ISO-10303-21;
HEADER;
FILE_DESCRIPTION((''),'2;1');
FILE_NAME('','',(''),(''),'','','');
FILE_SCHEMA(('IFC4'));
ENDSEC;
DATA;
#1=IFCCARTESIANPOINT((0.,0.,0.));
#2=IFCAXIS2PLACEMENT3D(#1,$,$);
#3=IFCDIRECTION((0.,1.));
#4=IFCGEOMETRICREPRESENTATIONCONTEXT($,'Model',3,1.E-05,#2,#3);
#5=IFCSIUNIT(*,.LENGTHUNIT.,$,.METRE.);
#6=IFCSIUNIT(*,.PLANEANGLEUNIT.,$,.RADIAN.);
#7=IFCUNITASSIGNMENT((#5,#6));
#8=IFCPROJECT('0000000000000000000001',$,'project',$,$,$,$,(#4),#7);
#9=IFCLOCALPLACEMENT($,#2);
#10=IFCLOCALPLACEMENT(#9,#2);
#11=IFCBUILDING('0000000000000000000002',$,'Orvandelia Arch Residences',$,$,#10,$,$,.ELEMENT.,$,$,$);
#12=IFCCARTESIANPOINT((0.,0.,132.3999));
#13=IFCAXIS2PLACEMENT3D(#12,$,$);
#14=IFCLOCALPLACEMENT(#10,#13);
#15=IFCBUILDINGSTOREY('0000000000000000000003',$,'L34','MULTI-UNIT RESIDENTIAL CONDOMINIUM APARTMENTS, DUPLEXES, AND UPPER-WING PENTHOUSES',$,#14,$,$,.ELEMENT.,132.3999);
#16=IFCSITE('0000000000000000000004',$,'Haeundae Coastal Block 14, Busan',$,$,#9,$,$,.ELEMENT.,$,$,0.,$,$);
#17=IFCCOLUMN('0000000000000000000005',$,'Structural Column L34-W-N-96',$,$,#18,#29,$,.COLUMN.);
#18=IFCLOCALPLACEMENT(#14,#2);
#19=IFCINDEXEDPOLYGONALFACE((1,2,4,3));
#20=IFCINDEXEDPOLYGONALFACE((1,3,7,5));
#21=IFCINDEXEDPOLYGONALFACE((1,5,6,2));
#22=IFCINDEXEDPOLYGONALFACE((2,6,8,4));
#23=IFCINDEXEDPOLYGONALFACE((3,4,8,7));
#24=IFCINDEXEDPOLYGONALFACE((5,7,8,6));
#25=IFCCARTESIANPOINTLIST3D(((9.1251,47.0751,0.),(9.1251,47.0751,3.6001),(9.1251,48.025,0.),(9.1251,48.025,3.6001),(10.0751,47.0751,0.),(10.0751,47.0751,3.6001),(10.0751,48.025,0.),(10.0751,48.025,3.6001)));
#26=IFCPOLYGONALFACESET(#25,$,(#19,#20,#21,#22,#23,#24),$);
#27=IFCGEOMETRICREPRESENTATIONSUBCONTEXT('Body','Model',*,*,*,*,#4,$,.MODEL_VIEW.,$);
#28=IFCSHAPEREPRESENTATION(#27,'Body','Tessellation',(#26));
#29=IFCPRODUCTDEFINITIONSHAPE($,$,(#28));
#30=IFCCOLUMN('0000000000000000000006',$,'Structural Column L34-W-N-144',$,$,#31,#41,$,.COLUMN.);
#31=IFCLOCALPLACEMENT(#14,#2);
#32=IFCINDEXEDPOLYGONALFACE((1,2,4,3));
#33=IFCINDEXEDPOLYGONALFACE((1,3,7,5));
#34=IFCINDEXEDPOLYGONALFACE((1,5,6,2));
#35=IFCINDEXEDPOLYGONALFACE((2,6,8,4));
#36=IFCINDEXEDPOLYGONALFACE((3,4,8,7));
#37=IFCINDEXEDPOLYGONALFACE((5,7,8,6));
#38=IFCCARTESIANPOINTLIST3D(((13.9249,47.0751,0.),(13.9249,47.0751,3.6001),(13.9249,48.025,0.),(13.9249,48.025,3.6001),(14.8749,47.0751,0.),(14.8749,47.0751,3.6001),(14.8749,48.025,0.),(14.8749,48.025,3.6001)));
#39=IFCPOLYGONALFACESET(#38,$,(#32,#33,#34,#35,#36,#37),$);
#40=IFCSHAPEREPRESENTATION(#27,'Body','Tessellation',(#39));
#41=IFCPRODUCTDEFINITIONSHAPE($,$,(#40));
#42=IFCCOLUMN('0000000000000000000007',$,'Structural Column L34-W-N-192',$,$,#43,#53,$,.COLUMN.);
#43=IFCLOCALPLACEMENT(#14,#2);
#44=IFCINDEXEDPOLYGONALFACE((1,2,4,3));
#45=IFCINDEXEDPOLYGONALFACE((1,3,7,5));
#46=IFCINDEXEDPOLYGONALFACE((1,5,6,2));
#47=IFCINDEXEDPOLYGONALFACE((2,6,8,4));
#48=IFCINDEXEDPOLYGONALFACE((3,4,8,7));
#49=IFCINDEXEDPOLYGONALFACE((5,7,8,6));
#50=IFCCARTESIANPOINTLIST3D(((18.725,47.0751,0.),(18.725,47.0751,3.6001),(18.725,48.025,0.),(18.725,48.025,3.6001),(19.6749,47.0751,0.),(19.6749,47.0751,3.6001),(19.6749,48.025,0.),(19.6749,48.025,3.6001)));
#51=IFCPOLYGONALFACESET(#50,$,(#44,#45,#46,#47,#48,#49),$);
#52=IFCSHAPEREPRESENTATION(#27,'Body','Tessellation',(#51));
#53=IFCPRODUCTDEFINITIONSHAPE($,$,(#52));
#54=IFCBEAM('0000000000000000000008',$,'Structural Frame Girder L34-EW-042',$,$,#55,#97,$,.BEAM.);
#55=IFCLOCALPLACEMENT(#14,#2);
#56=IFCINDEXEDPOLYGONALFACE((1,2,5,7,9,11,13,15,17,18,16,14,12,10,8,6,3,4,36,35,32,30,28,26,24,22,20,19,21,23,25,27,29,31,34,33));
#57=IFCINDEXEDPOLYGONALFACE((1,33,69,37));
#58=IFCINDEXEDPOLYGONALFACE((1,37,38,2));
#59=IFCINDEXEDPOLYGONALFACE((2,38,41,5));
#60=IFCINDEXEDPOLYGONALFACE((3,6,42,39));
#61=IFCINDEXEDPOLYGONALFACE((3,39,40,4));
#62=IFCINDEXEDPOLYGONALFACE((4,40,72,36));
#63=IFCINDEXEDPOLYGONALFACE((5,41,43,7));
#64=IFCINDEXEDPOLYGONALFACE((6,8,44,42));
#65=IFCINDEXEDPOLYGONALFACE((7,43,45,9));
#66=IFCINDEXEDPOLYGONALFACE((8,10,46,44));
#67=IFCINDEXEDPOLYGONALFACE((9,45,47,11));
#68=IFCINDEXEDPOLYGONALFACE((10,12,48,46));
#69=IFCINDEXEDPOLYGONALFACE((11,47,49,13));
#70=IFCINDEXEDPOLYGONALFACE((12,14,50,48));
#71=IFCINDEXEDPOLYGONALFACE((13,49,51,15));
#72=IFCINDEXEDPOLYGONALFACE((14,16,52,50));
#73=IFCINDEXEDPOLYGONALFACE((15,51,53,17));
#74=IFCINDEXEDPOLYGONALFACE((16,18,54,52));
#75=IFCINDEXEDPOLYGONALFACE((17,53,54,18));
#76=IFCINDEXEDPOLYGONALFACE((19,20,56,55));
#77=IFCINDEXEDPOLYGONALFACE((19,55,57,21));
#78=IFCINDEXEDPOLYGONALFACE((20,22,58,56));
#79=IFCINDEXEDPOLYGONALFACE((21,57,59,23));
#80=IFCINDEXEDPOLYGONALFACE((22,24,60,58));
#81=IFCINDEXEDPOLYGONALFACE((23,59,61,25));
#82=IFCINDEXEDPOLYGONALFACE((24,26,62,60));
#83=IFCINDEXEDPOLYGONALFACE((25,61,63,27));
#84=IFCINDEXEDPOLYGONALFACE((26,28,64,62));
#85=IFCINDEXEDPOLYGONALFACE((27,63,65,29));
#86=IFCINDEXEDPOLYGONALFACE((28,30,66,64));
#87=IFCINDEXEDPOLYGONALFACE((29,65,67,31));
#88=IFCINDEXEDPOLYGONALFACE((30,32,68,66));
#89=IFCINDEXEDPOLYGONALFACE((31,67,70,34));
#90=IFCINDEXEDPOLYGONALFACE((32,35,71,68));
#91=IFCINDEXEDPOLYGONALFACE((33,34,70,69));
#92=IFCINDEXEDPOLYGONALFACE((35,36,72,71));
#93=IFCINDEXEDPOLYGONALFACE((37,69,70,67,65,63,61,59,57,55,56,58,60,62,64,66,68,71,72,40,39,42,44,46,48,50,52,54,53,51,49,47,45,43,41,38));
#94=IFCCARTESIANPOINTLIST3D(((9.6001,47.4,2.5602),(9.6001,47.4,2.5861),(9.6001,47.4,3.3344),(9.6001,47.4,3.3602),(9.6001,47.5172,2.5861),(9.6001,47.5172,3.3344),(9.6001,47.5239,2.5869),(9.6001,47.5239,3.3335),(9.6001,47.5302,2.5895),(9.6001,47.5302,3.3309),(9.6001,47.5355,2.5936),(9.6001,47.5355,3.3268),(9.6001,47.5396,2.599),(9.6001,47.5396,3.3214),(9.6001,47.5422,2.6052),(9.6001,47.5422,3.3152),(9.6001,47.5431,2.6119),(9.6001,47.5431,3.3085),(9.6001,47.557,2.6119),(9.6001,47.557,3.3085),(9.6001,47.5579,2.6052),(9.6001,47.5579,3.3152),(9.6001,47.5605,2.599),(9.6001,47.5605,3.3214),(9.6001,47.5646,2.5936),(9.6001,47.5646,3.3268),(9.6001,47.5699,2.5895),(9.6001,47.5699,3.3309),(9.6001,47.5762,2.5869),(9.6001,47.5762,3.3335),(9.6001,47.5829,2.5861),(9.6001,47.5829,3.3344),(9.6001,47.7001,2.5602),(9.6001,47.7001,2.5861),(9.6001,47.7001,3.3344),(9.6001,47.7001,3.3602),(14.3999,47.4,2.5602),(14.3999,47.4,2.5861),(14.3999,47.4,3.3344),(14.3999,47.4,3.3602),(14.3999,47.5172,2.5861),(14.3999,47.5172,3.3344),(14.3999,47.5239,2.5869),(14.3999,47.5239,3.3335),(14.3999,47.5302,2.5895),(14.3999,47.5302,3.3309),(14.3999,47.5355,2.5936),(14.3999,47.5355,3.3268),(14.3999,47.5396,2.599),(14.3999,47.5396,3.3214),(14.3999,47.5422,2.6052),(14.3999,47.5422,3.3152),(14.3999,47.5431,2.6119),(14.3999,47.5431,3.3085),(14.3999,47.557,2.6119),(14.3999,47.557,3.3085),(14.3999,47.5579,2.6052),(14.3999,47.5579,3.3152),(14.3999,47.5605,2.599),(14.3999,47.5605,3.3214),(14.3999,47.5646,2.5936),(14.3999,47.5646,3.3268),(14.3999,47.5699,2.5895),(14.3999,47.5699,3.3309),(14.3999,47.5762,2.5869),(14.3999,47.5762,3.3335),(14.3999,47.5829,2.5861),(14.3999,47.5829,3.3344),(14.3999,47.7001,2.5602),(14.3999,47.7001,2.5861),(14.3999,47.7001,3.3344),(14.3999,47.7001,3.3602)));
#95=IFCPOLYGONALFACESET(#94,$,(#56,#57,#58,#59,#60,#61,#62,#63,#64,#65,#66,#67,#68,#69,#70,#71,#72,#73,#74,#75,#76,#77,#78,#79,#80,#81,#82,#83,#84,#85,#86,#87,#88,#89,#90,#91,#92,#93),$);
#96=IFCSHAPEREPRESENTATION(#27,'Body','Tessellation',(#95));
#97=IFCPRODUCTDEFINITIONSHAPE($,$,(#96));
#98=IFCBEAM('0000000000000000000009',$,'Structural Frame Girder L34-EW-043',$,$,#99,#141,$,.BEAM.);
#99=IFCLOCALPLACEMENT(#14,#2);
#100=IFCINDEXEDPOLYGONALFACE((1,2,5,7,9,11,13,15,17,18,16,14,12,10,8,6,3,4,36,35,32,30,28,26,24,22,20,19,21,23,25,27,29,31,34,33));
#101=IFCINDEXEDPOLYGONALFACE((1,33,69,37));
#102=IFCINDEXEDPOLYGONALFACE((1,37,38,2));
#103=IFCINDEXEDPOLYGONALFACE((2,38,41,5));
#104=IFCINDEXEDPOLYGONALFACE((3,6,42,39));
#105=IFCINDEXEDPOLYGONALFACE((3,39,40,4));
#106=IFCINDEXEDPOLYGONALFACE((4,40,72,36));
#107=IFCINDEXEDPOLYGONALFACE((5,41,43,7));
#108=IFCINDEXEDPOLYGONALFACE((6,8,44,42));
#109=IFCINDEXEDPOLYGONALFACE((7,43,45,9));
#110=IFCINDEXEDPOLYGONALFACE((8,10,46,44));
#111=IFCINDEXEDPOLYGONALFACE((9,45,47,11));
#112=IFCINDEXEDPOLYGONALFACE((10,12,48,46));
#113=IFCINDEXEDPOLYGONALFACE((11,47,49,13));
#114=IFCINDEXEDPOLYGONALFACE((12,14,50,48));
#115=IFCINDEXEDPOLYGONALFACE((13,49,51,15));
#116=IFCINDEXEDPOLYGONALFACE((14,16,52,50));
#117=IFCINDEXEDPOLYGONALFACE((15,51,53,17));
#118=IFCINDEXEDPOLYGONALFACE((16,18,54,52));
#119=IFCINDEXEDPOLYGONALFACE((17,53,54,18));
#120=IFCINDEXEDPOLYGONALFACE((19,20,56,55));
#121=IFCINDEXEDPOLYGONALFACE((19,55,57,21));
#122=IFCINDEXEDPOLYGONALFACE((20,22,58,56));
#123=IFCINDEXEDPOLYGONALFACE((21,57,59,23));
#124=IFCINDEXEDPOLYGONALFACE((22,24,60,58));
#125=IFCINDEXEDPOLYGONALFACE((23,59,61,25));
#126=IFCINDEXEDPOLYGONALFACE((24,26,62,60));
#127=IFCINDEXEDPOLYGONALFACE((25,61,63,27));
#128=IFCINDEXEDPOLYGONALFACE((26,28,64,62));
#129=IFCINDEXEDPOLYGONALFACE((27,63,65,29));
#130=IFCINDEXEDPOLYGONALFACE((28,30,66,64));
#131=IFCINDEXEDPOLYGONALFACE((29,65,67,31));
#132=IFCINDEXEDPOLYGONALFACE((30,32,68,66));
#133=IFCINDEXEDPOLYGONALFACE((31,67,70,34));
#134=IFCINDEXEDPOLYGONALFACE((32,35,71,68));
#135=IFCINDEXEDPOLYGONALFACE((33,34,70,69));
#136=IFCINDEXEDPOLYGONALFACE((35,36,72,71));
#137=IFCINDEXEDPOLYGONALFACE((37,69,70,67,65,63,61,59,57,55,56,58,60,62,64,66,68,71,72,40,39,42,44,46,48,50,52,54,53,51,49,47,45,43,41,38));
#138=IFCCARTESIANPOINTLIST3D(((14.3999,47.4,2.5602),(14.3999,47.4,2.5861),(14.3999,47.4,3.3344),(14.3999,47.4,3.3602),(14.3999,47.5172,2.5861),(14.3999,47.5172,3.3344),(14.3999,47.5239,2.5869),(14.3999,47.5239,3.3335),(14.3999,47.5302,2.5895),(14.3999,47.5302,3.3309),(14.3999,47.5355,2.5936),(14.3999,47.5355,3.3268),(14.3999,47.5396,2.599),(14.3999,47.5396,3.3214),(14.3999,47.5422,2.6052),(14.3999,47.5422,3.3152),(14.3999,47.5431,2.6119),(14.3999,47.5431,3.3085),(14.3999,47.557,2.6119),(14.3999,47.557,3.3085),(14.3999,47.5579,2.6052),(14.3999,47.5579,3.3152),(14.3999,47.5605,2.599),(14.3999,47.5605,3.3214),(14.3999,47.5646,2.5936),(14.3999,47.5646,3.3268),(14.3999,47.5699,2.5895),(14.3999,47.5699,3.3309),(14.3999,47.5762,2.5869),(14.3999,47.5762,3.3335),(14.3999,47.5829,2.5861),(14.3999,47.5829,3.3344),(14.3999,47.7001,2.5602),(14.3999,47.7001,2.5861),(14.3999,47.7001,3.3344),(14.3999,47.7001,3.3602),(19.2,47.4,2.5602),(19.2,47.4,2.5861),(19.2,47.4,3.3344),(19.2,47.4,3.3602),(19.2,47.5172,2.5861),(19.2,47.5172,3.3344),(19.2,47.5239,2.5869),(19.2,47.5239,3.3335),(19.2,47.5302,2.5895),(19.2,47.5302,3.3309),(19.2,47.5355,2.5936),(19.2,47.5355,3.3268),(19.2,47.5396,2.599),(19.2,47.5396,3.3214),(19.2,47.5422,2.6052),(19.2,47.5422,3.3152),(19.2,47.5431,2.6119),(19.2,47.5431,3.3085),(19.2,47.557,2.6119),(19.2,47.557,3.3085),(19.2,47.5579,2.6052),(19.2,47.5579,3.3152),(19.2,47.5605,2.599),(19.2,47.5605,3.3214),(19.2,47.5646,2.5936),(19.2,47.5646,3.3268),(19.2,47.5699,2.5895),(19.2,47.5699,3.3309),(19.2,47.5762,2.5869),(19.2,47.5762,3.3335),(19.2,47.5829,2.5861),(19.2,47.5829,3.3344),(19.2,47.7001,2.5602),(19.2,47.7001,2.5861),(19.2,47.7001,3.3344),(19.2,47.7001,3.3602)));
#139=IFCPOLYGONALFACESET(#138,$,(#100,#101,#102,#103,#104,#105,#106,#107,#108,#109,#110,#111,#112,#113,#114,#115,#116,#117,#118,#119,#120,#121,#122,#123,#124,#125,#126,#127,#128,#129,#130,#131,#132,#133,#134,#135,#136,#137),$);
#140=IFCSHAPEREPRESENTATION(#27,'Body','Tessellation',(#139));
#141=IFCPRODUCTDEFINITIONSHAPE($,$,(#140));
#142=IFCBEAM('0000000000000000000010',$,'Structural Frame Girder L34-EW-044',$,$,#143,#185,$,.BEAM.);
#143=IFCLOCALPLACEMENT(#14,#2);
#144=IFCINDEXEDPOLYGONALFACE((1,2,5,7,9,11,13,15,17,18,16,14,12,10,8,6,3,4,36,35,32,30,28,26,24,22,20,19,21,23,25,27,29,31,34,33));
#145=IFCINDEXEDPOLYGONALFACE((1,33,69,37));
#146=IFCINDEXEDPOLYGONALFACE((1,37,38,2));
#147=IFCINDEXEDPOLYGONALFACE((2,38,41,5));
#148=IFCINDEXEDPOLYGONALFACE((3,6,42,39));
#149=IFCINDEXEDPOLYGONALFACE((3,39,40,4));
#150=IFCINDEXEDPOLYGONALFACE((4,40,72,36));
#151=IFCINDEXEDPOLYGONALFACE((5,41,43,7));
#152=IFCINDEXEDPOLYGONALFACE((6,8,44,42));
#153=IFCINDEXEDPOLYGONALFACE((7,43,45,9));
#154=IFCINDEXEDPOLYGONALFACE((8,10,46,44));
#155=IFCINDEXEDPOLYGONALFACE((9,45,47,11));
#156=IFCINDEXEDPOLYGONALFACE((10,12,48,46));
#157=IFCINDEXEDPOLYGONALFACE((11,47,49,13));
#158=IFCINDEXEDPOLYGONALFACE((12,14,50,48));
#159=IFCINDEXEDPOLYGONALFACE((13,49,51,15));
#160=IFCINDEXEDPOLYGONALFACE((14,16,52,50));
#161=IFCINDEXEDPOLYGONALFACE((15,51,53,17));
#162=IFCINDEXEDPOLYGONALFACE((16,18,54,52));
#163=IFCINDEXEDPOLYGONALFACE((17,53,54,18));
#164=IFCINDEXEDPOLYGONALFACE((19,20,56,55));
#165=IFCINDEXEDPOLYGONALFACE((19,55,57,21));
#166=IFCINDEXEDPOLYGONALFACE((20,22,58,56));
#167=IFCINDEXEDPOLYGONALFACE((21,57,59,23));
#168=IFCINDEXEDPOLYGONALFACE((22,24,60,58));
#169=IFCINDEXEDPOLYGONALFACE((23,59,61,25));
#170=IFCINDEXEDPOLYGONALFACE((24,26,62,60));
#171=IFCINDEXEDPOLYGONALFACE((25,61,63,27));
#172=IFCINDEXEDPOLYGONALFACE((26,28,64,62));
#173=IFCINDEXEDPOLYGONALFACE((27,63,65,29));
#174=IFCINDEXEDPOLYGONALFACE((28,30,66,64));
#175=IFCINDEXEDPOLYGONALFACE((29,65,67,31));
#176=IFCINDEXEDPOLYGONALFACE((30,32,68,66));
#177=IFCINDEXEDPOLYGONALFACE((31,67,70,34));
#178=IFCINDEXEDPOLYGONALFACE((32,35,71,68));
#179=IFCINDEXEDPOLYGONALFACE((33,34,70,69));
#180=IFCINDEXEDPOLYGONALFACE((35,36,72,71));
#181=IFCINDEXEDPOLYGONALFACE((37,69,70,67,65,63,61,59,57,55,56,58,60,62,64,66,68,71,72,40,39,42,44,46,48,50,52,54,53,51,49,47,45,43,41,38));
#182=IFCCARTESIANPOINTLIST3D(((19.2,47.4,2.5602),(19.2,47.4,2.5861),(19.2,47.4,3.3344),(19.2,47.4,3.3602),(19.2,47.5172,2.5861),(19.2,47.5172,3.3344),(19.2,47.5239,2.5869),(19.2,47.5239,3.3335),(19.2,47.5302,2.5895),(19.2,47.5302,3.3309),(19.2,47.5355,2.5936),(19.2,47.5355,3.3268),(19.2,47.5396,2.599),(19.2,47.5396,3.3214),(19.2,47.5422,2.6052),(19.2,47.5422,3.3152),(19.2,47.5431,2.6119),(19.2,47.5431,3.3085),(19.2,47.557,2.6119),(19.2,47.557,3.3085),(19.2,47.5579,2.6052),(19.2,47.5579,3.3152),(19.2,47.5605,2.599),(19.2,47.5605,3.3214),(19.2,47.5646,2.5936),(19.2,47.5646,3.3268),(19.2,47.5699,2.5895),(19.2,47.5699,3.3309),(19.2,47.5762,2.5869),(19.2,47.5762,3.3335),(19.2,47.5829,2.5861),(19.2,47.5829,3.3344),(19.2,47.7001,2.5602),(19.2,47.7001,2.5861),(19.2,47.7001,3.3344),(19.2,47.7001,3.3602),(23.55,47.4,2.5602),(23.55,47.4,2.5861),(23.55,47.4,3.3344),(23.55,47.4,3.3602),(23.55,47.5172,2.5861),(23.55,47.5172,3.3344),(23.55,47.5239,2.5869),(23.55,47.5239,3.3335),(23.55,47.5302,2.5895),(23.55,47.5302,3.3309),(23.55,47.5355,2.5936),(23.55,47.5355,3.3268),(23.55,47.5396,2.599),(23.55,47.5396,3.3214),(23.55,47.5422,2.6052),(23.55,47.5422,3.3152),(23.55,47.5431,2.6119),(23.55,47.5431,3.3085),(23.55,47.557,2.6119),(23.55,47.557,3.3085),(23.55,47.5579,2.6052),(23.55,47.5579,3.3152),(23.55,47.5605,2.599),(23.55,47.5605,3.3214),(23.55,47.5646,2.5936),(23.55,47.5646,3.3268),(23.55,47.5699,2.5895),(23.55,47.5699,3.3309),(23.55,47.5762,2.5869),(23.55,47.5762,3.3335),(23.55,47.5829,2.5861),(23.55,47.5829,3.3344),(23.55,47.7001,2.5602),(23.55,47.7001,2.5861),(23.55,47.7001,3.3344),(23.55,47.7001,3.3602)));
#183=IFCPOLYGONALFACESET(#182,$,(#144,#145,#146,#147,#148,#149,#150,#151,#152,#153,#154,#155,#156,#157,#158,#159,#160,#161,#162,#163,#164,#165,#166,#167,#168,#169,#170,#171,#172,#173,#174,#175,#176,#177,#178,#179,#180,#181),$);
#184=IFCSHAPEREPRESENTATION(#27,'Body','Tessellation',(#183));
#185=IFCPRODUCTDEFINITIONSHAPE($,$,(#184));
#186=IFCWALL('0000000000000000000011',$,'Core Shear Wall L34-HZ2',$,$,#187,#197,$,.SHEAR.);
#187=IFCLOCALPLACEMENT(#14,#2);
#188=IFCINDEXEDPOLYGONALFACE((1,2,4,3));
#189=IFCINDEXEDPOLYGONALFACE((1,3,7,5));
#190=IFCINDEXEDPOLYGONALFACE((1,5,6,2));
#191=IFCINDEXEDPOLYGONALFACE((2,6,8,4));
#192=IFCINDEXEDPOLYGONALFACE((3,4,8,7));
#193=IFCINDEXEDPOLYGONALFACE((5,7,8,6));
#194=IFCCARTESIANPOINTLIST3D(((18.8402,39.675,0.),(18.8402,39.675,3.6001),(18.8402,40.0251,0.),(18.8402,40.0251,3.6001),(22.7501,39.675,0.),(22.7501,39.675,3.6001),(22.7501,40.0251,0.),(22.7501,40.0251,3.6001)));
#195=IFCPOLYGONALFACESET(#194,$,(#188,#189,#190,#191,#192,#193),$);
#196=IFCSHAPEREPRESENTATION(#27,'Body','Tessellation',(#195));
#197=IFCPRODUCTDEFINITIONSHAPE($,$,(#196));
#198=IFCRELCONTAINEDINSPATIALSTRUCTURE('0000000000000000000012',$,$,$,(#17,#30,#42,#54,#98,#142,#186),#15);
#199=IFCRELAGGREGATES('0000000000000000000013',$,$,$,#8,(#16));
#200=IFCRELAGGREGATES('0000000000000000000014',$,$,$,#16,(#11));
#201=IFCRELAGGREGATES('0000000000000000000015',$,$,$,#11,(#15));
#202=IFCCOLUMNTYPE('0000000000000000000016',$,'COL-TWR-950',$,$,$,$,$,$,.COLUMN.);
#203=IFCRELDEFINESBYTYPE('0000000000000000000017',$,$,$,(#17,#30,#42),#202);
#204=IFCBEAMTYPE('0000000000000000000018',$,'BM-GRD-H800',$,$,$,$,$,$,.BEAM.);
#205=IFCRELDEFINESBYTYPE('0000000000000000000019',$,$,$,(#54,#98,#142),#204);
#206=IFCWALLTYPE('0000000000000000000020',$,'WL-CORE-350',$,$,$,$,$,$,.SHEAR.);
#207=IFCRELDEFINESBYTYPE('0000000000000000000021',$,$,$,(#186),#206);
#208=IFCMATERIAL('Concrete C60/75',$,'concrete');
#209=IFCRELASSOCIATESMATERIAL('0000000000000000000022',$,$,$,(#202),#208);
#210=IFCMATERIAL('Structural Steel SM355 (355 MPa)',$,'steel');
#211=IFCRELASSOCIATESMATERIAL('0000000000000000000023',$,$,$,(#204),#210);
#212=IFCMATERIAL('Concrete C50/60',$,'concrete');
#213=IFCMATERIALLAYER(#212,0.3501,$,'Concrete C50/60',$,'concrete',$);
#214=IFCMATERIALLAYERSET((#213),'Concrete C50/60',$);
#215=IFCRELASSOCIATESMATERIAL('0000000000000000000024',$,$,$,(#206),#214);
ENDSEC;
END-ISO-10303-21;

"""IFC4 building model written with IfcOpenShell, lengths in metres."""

from ifc_helpers import new_model, si_unit, direction, frame, frame_2d, origin, origin_2d, place, context, subcontext, project, spatial, rectangle, i_section, extrude, material, layer, layer_set, material_profile, profile_set, type_object, element, save


model = new_model("IFC4")

# Units and contexts
model_context = context("Model", 3, precision=1e-05, world=origin(), true_north=direction((0.0, 1.0)))
body_context = subcontext(model_context, "Body", "Model", "MODEL_VIEW")
ifc_project = project(units=[si_unit("LENGTHUNIT", "METRE"), si_unit("PLANEANGLEUNIT", "RADIAN")], contexts=[model_context])

# Site, building, storey
site_placement = place(None, origin())
site = spatial("IfcSite", under=ifc_project, at=site_placement, Name="Haeundae Coastal Block 14, Busan", CompositionType="ELEMENT", RefElevation=0.0)
building_placement = place(site_placement, origin())
building = spatial("IfcBuilding", under=site, at=building_placement, Name="Orvandelia Arch Residences", CompositionType="ELEMENT")
storey_placement = place(building_placement, frame((0.0, 0.0, 132.3999)))
storey = spatial("IfcBuildingStorey", under=building, at=storey_placement, Name="L34", Description="MULTI-UNIT RESIDENTIAL CONDOMINIUM APARTMENTS, DUPLEXES, AND UPPER-WING PENTHOUSES", CompositionType="ELEMENT", Elevation=132.3999)

# Columns
ifc_material_1 = material(Name="Concrete C60/75", Category="concrete")
ifc_material_profile_1 = material_profile(ifc_material_1, rectangle(XDim=0.95, YDim=0.95, at=origin_2d()), Name="Concrete C60/75", Category="concrete")
ifc_profile_set_1 = profile_set([ifc_material_profile_1], Name="Concrete C60/75")
column_type = type_object("IfcColumnType", Name="COL-TWR-950", PredefinedType="COLUMN", material=ifc_profile_set_1)
for number, where, z_axis, x_axis, name in (
    (1, (9.6001, 47.55, 0.0), (0.0, 0.0, 1.0), (1.0, 0.0, 0.0), "Structural Column L34-W-N-96"),
    (2, (14.3999, 47.55, 0.0), (0.0, 0.0, 1.0), (1.0, 0.0, 0.0), "Structural Column L34-W-N-144"),
    (3, (19.2, 47.55, 0.0), (0.0, 0.0, 1.0), (1.0, 0.0, 0.0), "Structural Column L34-W-N-192"),
):
    element("IfcColumn", number, at=place(storey_placement, frame(where, z_axis=z_axis, x_axis=x_axis)), inside=storey, type_object=column_type, Name=name, PredefinedType="COLUMN", context=body_context, shape_type="SweptSolid", body=[
        extrude(rectangle(XDim=0.95, YDim=0.95, at=origin_2d()), origin(), (0.0, 0.0, 1.0), 3.6001),
    ])

# Beams
ifc_material_2 = material(Name="Structural Steel SM355 (355 MPa)", Category="steel")
ifc_material_profile_2 = material_profile(ifc_material_2, i_section(OverallWidth=0.3, OverallDepth=0.8, WebThickness=0.0139, FlangeThickness=0.0259, FilletRadius=0.0259, at=origin_2d()), Name="Structural Steel SM355 (355 MPa)", Category="steel")
ifc_profile_set_2 = profile_set([ifc_material_profile_2], Name="Structural Steel SM355 (355 MPa)")
beam_type = type_object("IfcBeamType", Name="BM-GRD-H800", PredefinedType="BEAM", material=ifc_profile_set_2)
beam_1_placement = place(storey_placement, frame((9.6001, 47.55, 2.9602), z_axis=(1.0, 0.0, 0.0), x_axis=(0.0, 1.0, 0.0)))
element("IfcBeam", 4, at=beam_1_placement, inside=storey, type_object=beam_type, Name="Structural Frame Girder L34-EW-042", PredefinedType="BEAM", context=body_context, shape_type="SweptSolid", body=[
    extrude(i_section(OverallWidth=0.3, OverallDepth=0.8, WebThickness=0.0139, FlangeThickness=0.0259, FilletRadius=0.0259, at=origin_2d()), origin(), (0.0, 0.0, 1.0), 4.7998),
])
beam_2_placement = place(storey_placement, frame((14.3999, 47.55, 2.9602), z_axis=(1.0, 0.0, 0.0), x_axis=(0.0, 1.0, 0.0)))
element("IfcBeam", 5, at=beam_2_placement, inside=storey, type_object=beam_type, Name="Structural Frame Girder L34-EW-043", PredefinedType="BEAM", context=body_context, shape_type="SweptSolid", body=[
    extrude(i_section(OverallWidth=0.3, OverallDepth=0.8, WebThickness=0.0139, FlangeThickness=0.0259, FilletRadius=0.0259, at=origin_2d()), origin(), (0.0, 0.0, 1.0), 4.8),
])
beam_3_placement = place(storey_placement, frame((19.2, 47.55, 2.9602), z_axis=(1.0, 0.0, 0.0), x_axis=(0.0, 1.0, 0.0)))
element("IfcBeam", 6, at=beam_3_placement, inside=storey, type_object=beam_type, Name="Structural Frame Girder L34-EW-044", PredefinedType="BEAM", context=body_context, shape_type="SweptSolid", body=[
    extrude(i_section(OverallWidth=0.3, OverallDepth=0.8, WebThickness=0.0139, FlangeThickness=0.0259, FilletRadius=0.0259, at=origin_2d()), origin(), (0.0, 0.0, 1.0), 4.3501),
])

# Wall
ifc_material_3 = material(Name="Concrete C50/60", Category="concrete")
ifc_layer_1 = layer(ifc_material_3, 0.3501, Name="Concrete C50/60", Category="concrete")
ifc_layer_set_1 = layer_set([ifc_layer_1], Name="Concrete C50/60")
wall_type_1 = type_object("IfcWallType", Name="WL-CORE-350", PredefinedType="SHEAR", material=ifc_layer_set_1)
wall_1_placement = place(storey_placement, frame((18.8401, 39.8501, 0.0), z_axis=(0.0, 0.0, 1.0), x_axis=(1.0, 0.0, 0.0)))
element("IfcWall", 7, at=wall_1_placement, inside=storey, type_object=wall_type_1, Name="Core Shear Wall L34-HZ2", PredefinedType="SHEAR", context=body_context, shape_type="SweptSolid", body=[
    extrude(rectangle(XDim=3.9099, YDim=0.3501, at=frame_2d((1.9551, 0.0))), origin(), (0.0, 0.0, 1.0), 3.6001),
])

save(model, "model.ifc")
